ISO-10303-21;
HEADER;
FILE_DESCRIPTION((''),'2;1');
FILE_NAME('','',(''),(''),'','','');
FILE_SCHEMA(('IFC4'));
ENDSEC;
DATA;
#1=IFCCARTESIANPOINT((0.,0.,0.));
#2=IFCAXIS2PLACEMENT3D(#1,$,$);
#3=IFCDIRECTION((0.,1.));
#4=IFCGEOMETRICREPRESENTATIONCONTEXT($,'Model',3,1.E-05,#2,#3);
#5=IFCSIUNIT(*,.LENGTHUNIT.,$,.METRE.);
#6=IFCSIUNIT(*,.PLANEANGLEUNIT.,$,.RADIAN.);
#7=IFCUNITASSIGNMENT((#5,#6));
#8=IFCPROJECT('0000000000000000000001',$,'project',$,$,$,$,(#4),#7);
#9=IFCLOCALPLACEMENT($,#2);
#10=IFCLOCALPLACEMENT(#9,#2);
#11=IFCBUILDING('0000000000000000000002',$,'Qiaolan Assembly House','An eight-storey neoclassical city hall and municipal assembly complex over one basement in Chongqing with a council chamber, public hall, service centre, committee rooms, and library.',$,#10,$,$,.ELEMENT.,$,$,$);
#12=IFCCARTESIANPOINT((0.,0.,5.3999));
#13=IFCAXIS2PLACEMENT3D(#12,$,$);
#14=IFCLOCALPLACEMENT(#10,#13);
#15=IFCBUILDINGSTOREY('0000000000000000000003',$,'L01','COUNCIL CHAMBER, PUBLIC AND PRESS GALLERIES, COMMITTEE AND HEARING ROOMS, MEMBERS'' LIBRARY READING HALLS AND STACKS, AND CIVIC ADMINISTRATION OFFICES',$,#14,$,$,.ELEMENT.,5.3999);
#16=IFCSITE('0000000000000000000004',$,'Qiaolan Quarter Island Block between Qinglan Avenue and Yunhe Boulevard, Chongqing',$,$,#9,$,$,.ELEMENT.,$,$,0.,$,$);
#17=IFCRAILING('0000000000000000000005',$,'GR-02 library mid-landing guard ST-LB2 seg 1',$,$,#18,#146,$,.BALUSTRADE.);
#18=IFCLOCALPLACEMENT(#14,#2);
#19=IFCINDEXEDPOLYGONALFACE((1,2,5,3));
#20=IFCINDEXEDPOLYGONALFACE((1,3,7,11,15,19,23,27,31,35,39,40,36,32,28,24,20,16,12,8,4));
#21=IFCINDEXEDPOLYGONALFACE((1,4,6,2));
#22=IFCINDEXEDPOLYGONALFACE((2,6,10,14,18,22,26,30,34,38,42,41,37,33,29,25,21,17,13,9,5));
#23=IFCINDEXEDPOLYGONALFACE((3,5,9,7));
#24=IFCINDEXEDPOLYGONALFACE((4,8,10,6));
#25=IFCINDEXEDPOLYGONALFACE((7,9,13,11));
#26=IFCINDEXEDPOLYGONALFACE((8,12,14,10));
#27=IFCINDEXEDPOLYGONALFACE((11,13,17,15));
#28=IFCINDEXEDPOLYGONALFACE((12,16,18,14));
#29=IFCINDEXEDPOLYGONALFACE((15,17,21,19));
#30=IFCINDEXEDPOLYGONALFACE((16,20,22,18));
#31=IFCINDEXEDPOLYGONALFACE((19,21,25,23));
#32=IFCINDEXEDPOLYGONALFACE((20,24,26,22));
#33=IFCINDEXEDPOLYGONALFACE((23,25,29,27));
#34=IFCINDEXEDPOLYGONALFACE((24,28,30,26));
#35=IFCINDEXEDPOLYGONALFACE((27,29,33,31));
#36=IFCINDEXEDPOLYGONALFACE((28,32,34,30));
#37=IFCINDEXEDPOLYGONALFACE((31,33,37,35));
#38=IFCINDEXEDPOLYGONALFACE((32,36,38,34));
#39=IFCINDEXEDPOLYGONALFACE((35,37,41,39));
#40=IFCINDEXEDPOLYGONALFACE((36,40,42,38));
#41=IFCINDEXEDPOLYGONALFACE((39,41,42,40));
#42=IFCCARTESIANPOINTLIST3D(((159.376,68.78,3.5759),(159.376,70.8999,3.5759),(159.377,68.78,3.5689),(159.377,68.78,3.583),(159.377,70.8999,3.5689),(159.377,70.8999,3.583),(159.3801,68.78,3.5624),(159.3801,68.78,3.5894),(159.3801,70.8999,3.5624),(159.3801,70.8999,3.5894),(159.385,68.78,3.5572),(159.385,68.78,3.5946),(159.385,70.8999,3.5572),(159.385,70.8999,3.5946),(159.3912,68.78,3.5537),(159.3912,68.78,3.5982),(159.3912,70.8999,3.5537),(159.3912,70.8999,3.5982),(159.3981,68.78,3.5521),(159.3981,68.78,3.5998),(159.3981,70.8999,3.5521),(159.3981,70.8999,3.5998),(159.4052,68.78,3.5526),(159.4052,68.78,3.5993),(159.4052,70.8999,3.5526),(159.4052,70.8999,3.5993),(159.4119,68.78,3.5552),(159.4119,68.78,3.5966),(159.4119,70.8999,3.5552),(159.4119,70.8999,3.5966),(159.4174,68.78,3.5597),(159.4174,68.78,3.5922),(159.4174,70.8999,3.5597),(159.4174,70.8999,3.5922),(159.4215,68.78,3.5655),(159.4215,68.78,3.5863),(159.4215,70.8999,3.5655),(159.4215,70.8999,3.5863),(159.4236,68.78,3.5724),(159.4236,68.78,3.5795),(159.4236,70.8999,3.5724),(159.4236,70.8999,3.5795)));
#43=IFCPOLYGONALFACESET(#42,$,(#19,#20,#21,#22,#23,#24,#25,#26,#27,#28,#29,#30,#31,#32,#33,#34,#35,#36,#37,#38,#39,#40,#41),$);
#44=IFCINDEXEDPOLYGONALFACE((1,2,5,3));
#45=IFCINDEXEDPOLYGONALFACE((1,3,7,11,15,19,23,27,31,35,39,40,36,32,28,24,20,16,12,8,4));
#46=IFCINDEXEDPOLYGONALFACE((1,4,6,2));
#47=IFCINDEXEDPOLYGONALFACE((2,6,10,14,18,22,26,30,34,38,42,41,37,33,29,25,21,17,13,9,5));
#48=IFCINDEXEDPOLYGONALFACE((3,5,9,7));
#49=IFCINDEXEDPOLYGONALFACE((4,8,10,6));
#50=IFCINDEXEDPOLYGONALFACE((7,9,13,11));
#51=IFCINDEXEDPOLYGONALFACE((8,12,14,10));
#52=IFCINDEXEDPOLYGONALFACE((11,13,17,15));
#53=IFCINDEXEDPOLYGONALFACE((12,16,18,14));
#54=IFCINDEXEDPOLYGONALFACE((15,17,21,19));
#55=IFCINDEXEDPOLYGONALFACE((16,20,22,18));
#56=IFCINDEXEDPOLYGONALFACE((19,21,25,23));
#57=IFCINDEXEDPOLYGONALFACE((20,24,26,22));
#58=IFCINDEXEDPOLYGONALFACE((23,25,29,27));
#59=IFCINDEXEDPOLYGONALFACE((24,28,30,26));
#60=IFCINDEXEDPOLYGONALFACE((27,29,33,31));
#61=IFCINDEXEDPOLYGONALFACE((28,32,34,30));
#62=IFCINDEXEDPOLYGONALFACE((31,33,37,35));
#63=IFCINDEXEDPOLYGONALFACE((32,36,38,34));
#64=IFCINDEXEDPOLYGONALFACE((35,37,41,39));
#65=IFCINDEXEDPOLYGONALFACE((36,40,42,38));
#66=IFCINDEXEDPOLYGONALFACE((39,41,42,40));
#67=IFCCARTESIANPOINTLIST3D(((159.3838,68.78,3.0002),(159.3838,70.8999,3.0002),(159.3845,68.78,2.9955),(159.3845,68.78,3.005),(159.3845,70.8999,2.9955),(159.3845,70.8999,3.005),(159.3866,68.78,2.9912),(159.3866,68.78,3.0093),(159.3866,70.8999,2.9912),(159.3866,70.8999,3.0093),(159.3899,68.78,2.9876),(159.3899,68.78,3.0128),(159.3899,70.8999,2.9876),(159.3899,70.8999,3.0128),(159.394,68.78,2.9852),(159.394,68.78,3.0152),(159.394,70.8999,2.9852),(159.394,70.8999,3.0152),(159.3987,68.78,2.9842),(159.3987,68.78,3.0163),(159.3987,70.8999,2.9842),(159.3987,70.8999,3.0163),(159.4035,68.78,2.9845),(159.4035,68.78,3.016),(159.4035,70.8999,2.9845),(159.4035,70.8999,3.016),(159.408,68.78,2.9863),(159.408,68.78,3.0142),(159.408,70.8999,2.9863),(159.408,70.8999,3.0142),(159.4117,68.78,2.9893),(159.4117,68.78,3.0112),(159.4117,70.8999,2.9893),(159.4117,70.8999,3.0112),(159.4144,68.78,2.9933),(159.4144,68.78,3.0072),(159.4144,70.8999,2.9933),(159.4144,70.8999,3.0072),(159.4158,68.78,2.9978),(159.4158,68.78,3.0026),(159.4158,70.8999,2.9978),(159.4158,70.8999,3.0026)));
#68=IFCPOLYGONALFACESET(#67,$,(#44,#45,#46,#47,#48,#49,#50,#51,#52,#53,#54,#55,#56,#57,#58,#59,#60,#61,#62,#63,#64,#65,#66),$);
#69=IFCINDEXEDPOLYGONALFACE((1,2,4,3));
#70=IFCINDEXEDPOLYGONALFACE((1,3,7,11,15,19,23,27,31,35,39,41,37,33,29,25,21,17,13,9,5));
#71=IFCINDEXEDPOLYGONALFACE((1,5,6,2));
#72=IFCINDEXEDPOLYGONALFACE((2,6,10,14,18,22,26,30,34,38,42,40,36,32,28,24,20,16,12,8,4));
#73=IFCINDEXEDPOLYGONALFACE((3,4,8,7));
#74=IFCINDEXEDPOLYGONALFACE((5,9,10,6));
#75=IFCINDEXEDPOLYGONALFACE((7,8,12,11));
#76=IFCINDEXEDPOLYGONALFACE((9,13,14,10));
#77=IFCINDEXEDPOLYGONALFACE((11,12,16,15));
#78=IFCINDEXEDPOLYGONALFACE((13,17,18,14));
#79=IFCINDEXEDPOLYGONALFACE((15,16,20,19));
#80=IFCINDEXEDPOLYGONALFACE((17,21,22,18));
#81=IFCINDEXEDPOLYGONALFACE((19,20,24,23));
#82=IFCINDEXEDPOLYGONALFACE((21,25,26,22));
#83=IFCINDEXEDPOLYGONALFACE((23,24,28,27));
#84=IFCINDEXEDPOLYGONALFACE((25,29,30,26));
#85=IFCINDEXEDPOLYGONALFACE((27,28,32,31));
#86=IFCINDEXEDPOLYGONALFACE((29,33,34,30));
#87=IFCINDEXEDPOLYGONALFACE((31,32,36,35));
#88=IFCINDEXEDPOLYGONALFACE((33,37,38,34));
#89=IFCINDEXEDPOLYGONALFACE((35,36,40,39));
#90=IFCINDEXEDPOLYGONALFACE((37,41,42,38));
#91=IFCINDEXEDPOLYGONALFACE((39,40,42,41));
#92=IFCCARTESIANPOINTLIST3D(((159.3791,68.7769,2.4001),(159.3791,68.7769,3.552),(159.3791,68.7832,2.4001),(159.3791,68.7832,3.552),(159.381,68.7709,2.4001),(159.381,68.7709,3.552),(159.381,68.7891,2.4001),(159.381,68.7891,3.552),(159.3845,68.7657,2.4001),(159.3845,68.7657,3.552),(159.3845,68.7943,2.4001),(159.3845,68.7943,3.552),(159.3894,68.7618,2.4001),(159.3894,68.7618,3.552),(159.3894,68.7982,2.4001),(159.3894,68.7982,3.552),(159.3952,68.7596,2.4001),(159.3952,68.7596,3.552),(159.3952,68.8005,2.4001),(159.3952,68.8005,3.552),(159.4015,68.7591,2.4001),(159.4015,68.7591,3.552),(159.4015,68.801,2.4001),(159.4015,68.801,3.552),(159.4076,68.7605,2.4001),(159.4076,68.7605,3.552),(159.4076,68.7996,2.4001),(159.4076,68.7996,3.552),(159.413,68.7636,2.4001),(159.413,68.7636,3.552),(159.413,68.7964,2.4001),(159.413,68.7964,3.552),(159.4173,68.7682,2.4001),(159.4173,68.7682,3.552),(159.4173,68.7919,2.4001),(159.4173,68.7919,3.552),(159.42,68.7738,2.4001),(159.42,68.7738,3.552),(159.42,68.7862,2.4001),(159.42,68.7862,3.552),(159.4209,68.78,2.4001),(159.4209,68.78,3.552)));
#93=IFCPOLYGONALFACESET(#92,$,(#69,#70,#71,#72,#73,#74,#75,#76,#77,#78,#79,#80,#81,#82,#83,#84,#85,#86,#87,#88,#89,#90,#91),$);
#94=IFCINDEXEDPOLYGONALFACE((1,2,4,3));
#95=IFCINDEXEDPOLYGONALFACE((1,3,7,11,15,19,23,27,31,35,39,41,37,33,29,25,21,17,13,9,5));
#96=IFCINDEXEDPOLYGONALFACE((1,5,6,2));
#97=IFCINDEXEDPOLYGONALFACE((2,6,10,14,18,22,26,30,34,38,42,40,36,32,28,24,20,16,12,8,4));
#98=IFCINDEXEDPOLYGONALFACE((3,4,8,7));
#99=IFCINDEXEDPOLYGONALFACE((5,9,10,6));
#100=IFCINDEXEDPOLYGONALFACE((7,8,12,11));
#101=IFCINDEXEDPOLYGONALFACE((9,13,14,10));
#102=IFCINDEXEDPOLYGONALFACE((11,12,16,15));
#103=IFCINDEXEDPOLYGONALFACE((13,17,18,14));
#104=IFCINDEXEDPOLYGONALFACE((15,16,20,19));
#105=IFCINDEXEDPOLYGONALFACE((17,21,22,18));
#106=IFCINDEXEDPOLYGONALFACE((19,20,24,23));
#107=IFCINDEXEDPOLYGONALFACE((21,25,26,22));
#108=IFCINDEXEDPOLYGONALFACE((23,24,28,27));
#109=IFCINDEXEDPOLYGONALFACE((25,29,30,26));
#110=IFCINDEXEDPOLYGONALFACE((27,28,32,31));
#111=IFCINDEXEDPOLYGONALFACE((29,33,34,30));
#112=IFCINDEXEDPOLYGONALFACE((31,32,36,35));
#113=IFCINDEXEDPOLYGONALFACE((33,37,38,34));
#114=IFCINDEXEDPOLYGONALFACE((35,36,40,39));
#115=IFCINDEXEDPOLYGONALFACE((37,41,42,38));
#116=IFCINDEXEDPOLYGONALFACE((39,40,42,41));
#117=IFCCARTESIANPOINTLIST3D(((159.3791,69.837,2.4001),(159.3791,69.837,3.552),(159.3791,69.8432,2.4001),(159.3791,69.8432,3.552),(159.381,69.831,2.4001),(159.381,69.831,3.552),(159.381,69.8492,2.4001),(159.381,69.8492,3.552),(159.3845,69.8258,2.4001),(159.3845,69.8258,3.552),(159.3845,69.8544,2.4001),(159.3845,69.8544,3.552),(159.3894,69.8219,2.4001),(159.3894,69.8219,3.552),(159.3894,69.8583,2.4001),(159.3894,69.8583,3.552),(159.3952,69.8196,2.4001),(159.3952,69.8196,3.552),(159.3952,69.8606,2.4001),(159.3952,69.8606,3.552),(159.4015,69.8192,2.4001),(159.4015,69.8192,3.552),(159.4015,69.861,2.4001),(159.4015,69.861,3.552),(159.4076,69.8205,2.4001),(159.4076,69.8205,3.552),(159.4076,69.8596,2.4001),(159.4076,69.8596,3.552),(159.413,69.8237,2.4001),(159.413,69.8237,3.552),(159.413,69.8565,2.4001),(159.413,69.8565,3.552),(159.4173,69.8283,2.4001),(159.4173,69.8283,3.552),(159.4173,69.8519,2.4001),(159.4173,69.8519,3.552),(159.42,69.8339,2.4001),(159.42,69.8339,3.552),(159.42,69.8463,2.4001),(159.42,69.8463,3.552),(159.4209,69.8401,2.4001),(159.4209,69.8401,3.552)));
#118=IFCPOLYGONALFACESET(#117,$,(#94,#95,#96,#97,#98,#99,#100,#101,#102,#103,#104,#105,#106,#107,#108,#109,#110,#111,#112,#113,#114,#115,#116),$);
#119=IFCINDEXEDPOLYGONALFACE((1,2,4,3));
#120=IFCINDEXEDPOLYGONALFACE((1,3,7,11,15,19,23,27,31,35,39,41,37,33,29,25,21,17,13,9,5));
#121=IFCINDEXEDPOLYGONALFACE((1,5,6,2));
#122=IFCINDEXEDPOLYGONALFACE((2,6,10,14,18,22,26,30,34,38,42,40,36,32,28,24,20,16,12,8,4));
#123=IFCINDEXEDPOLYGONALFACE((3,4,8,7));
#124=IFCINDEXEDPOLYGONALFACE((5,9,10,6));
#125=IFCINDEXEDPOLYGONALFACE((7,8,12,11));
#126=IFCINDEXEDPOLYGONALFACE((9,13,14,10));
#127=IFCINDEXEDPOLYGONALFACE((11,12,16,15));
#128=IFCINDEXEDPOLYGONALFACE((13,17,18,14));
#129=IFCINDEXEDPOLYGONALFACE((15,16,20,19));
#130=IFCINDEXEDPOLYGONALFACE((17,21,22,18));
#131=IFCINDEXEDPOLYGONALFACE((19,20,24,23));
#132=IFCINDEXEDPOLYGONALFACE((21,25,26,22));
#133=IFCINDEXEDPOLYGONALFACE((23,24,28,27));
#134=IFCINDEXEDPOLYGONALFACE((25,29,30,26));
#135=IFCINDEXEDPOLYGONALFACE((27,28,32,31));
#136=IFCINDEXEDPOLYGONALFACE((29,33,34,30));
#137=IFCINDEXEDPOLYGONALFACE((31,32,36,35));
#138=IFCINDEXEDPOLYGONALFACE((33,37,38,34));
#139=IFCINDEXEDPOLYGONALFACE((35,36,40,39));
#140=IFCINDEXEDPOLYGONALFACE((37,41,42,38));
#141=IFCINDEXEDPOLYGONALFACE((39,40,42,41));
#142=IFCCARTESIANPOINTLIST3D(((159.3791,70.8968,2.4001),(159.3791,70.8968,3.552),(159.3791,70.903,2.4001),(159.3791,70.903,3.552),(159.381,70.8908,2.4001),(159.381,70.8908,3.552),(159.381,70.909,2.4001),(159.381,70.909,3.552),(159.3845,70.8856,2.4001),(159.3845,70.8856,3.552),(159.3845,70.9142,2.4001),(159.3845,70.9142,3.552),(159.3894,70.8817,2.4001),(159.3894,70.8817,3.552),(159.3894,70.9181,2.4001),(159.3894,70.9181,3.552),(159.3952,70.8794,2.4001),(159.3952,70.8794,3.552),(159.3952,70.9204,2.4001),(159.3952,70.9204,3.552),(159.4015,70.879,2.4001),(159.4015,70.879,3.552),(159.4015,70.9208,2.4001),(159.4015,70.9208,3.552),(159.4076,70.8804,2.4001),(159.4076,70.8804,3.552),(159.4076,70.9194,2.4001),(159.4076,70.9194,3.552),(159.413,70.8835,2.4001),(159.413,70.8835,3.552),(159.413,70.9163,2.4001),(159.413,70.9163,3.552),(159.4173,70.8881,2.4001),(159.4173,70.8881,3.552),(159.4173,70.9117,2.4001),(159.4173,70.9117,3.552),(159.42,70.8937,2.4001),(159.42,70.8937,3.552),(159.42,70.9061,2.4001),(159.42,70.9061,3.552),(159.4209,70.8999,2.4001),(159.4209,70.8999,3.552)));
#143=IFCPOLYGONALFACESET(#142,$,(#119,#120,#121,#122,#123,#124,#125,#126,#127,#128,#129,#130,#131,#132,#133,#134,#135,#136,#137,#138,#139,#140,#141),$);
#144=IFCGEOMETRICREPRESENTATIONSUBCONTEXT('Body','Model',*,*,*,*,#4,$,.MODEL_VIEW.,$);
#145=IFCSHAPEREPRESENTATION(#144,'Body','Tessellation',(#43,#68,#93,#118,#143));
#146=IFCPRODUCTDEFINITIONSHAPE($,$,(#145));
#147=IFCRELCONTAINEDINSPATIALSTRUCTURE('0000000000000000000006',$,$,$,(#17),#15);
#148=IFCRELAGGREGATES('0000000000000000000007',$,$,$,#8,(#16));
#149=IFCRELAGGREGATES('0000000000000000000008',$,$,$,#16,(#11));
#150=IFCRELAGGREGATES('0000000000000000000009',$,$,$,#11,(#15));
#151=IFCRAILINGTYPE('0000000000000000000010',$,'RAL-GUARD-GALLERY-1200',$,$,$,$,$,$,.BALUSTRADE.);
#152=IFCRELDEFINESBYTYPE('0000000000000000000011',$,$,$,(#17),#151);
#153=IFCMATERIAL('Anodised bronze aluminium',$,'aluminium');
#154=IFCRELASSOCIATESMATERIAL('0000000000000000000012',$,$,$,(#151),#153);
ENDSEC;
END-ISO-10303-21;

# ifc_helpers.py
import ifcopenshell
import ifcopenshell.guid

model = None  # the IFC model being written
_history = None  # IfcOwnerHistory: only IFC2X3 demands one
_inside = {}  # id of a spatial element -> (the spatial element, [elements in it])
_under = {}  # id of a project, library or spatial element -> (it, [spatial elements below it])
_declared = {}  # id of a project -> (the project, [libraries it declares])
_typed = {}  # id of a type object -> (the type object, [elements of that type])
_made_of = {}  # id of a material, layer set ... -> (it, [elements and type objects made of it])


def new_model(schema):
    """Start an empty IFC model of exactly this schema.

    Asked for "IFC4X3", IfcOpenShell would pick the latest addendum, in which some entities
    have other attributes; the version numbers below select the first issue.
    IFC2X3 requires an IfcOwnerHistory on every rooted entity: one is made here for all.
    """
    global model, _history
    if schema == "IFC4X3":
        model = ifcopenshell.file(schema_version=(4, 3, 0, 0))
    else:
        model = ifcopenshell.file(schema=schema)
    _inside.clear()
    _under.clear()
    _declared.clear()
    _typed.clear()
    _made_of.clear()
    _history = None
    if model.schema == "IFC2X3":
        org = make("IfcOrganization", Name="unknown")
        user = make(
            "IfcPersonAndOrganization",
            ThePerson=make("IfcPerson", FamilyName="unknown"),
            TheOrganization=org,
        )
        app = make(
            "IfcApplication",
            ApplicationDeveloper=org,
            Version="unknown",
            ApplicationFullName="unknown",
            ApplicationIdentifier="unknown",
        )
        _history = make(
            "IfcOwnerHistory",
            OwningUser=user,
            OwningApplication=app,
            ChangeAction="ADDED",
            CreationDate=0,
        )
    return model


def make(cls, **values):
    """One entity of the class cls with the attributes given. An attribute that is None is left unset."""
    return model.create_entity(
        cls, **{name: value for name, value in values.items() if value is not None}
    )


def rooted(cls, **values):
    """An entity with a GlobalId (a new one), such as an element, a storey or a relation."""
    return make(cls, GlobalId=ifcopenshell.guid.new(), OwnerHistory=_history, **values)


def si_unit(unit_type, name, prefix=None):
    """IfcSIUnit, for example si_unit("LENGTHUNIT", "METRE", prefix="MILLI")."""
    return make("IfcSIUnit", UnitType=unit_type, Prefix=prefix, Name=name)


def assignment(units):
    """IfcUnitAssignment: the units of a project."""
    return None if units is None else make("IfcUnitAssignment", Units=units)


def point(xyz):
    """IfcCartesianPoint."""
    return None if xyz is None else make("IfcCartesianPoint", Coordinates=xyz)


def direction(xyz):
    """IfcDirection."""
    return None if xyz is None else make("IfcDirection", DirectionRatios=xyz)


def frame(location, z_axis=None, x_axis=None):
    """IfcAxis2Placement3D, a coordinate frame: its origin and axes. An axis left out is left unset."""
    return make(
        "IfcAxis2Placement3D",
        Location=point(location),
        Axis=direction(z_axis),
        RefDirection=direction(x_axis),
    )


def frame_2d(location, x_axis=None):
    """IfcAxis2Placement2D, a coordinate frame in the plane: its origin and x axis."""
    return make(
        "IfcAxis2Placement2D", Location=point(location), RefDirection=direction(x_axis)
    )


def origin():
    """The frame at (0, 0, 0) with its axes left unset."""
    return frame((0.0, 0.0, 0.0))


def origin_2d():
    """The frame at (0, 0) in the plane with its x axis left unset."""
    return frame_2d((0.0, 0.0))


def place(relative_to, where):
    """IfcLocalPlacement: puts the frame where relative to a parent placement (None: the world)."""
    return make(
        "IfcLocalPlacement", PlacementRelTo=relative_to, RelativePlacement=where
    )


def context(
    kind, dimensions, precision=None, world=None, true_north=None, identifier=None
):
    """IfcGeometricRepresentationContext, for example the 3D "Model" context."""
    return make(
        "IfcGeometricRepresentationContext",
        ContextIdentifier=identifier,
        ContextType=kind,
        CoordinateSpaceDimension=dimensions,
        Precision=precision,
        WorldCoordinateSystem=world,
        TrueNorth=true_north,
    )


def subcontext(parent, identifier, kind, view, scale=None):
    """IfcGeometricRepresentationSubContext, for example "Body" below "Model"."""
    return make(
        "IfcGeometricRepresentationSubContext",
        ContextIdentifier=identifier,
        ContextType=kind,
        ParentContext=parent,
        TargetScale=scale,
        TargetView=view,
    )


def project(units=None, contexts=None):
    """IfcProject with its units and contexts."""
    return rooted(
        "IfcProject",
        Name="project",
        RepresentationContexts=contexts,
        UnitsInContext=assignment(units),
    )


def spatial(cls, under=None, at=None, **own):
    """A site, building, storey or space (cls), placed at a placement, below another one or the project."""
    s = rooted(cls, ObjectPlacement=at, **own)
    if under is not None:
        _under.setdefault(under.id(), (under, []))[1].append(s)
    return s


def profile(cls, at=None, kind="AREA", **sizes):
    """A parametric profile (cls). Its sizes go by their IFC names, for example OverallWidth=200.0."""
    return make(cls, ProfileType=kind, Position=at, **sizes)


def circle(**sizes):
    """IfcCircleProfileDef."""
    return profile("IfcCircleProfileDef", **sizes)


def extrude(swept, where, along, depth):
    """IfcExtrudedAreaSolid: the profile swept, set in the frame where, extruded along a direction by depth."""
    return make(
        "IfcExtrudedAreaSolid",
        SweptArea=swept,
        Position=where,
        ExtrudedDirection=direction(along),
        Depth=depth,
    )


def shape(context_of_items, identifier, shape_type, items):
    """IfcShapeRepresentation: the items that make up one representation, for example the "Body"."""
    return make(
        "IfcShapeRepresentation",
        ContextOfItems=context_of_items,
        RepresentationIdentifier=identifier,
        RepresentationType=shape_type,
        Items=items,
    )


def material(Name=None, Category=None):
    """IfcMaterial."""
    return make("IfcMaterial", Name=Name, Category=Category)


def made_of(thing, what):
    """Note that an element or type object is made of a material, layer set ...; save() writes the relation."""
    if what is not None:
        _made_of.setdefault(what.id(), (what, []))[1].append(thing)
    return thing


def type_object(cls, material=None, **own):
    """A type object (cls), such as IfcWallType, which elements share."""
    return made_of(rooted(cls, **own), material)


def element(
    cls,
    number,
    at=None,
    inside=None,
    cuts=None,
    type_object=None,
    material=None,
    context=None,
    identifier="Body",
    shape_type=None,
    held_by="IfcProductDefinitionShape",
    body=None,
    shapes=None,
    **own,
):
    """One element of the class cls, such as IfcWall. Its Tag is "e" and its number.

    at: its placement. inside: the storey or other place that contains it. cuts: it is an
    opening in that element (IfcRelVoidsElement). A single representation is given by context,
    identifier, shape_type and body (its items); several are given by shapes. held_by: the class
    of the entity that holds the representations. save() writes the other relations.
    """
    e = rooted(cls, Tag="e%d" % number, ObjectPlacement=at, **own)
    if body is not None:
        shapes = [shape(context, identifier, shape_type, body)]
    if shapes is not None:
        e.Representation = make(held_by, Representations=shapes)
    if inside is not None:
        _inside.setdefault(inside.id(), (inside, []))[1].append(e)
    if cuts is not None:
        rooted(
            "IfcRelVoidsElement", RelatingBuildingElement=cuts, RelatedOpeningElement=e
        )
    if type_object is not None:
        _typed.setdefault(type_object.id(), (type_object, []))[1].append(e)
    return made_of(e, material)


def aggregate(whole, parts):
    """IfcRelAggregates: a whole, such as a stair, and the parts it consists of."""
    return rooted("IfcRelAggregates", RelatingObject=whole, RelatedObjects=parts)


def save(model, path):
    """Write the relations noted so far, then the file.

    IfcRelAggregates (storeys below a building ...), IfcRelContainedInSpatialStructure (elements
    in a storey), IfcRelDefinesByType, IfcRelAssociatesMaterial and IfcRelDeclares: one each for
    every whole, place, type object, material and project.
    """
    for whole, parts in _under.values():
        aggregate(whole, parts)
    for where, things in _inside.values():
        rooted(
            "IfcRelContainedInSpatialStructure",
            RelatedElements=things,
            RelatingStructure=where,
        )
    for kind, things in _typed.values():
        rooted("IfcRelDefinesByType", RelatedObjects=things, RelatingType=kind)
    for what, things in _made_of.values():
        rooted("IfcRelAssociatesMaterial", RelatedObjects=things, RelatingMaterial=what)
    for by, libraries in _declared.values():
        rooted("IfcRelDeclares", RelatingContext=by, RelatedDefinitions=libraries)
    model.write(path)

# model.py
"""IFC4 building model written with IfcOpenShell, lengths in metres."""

from ifc_helpers import new_model, si_unit, direction, frame, origin, origin_2d, place, context, subcontext, project, spatial, circle, extrude, material, type_object, element, save


model = new_model("IFC4")

# Units and contexts
model_context = context("Model", 3, precision=1e-05, world=origin(), true_north=direction((0.0, 1.0)))
body_context = subcontext(model_context, "Body", "Model", "MODEL_VIEW")
ifc_project = project(units=[si_unit("LENGTHUNIT", "METRE"), si_unit("PLANEANGLEUNIT", "RADIAN")], contexts=[model_context])

# Site, building, storey
site_placement = place(None, origin())
site = spatial("IfcSite", under=ifc_project, at=site_placement, Name="Qiaolan Quarter Island Block between Qinglan Avenue and Yunhe Boulevard, Chongqing", CompositionType="ELEMENT", RefElevation=0.0)
building_placement = place(site_placement, origin())
building = spatial("IfcBuilding", under=site, at=building_placement, Name="Qiaolan Assembly House", Description="An eight-storey neoclassical city hall and municipal assembly complex over one basement in Chongqing with a council chamber, public hall, service centre, committee rooms, and library.", CompositionType="ELEMENT")
storey_placement = place(building_placement, frame((0.0, 0.0, 5.3999)))
storey = spatial("IfcBuildingStorey", under=building, at=storey_placement, Name="L01", Description="COUNCIL CHAMBER, PUBLIC AND PRESS GALLERIES, COMMITTEE AND HEARING ROOMS, MEMBERS' LIBRARY READING HALLS AND STACKS, AND CIVIC ADMINISTRATION OFFICES", CompositionType="ELEMENT", Elevation=5.3999)

# Railing
ifc_material_1 = material(Name="Anodised bronze aluminium", Category="aluminium")
railing_type = type_object("IfcRailingType", Name="RAL-GUARD-GALLERY-1200", PredefinedType="BALUSTRADE", material=ifc_material_1)
railing_1_placement = place(storey_placement, frame((159.3999, 68.78, 2.4001)))
element("IfcRailing", 1, at=railing_1_placement, inside=storey, type_object=railing_type, Name="GR-02 library mid-landing guard ST-LB2 seg 1", PredefinedType="BALUSTRADE", context=body_context, shape_type="SweptSolid", body=[
    extrude(circle(Radius=0.0239, at=origin_2d()), frame((0.0, 0.0, 1.1758), z_axis=(0.0, 1.0, 0.0), x_axis=(-1.0, 0.0, 0.0)), (0.0, 0.0, 1.0), 2.1199),
    extrude(circle(Radius=0.0161, at=origin_2d()), frame((0.0, 0.0, 0.6001), z_axis=(0.0, 1.0, 0.0), x_axis=(-1.0, 0.0, 0.0)), (0.0, 0.0, 1.0), 2.1199),
    extrude(circle(Radius=0.021, at=origin_2d()), origin(), (0.0, 0.0, 1.0), 1.1519),
    extrude(circle(Radius=0.021, at=origin_2d()), frame((0.0, 1.0601, 0.0)), (0.0, 0.0, 1.0), 1.1519),
    extrude(circle(Radius=0.021, at=origin_2d()), frame((0.0, 2.1199, 0.0)), (0.0, 0.0, 1.0), 1.1519),
])

save(model, "model.ifc")
